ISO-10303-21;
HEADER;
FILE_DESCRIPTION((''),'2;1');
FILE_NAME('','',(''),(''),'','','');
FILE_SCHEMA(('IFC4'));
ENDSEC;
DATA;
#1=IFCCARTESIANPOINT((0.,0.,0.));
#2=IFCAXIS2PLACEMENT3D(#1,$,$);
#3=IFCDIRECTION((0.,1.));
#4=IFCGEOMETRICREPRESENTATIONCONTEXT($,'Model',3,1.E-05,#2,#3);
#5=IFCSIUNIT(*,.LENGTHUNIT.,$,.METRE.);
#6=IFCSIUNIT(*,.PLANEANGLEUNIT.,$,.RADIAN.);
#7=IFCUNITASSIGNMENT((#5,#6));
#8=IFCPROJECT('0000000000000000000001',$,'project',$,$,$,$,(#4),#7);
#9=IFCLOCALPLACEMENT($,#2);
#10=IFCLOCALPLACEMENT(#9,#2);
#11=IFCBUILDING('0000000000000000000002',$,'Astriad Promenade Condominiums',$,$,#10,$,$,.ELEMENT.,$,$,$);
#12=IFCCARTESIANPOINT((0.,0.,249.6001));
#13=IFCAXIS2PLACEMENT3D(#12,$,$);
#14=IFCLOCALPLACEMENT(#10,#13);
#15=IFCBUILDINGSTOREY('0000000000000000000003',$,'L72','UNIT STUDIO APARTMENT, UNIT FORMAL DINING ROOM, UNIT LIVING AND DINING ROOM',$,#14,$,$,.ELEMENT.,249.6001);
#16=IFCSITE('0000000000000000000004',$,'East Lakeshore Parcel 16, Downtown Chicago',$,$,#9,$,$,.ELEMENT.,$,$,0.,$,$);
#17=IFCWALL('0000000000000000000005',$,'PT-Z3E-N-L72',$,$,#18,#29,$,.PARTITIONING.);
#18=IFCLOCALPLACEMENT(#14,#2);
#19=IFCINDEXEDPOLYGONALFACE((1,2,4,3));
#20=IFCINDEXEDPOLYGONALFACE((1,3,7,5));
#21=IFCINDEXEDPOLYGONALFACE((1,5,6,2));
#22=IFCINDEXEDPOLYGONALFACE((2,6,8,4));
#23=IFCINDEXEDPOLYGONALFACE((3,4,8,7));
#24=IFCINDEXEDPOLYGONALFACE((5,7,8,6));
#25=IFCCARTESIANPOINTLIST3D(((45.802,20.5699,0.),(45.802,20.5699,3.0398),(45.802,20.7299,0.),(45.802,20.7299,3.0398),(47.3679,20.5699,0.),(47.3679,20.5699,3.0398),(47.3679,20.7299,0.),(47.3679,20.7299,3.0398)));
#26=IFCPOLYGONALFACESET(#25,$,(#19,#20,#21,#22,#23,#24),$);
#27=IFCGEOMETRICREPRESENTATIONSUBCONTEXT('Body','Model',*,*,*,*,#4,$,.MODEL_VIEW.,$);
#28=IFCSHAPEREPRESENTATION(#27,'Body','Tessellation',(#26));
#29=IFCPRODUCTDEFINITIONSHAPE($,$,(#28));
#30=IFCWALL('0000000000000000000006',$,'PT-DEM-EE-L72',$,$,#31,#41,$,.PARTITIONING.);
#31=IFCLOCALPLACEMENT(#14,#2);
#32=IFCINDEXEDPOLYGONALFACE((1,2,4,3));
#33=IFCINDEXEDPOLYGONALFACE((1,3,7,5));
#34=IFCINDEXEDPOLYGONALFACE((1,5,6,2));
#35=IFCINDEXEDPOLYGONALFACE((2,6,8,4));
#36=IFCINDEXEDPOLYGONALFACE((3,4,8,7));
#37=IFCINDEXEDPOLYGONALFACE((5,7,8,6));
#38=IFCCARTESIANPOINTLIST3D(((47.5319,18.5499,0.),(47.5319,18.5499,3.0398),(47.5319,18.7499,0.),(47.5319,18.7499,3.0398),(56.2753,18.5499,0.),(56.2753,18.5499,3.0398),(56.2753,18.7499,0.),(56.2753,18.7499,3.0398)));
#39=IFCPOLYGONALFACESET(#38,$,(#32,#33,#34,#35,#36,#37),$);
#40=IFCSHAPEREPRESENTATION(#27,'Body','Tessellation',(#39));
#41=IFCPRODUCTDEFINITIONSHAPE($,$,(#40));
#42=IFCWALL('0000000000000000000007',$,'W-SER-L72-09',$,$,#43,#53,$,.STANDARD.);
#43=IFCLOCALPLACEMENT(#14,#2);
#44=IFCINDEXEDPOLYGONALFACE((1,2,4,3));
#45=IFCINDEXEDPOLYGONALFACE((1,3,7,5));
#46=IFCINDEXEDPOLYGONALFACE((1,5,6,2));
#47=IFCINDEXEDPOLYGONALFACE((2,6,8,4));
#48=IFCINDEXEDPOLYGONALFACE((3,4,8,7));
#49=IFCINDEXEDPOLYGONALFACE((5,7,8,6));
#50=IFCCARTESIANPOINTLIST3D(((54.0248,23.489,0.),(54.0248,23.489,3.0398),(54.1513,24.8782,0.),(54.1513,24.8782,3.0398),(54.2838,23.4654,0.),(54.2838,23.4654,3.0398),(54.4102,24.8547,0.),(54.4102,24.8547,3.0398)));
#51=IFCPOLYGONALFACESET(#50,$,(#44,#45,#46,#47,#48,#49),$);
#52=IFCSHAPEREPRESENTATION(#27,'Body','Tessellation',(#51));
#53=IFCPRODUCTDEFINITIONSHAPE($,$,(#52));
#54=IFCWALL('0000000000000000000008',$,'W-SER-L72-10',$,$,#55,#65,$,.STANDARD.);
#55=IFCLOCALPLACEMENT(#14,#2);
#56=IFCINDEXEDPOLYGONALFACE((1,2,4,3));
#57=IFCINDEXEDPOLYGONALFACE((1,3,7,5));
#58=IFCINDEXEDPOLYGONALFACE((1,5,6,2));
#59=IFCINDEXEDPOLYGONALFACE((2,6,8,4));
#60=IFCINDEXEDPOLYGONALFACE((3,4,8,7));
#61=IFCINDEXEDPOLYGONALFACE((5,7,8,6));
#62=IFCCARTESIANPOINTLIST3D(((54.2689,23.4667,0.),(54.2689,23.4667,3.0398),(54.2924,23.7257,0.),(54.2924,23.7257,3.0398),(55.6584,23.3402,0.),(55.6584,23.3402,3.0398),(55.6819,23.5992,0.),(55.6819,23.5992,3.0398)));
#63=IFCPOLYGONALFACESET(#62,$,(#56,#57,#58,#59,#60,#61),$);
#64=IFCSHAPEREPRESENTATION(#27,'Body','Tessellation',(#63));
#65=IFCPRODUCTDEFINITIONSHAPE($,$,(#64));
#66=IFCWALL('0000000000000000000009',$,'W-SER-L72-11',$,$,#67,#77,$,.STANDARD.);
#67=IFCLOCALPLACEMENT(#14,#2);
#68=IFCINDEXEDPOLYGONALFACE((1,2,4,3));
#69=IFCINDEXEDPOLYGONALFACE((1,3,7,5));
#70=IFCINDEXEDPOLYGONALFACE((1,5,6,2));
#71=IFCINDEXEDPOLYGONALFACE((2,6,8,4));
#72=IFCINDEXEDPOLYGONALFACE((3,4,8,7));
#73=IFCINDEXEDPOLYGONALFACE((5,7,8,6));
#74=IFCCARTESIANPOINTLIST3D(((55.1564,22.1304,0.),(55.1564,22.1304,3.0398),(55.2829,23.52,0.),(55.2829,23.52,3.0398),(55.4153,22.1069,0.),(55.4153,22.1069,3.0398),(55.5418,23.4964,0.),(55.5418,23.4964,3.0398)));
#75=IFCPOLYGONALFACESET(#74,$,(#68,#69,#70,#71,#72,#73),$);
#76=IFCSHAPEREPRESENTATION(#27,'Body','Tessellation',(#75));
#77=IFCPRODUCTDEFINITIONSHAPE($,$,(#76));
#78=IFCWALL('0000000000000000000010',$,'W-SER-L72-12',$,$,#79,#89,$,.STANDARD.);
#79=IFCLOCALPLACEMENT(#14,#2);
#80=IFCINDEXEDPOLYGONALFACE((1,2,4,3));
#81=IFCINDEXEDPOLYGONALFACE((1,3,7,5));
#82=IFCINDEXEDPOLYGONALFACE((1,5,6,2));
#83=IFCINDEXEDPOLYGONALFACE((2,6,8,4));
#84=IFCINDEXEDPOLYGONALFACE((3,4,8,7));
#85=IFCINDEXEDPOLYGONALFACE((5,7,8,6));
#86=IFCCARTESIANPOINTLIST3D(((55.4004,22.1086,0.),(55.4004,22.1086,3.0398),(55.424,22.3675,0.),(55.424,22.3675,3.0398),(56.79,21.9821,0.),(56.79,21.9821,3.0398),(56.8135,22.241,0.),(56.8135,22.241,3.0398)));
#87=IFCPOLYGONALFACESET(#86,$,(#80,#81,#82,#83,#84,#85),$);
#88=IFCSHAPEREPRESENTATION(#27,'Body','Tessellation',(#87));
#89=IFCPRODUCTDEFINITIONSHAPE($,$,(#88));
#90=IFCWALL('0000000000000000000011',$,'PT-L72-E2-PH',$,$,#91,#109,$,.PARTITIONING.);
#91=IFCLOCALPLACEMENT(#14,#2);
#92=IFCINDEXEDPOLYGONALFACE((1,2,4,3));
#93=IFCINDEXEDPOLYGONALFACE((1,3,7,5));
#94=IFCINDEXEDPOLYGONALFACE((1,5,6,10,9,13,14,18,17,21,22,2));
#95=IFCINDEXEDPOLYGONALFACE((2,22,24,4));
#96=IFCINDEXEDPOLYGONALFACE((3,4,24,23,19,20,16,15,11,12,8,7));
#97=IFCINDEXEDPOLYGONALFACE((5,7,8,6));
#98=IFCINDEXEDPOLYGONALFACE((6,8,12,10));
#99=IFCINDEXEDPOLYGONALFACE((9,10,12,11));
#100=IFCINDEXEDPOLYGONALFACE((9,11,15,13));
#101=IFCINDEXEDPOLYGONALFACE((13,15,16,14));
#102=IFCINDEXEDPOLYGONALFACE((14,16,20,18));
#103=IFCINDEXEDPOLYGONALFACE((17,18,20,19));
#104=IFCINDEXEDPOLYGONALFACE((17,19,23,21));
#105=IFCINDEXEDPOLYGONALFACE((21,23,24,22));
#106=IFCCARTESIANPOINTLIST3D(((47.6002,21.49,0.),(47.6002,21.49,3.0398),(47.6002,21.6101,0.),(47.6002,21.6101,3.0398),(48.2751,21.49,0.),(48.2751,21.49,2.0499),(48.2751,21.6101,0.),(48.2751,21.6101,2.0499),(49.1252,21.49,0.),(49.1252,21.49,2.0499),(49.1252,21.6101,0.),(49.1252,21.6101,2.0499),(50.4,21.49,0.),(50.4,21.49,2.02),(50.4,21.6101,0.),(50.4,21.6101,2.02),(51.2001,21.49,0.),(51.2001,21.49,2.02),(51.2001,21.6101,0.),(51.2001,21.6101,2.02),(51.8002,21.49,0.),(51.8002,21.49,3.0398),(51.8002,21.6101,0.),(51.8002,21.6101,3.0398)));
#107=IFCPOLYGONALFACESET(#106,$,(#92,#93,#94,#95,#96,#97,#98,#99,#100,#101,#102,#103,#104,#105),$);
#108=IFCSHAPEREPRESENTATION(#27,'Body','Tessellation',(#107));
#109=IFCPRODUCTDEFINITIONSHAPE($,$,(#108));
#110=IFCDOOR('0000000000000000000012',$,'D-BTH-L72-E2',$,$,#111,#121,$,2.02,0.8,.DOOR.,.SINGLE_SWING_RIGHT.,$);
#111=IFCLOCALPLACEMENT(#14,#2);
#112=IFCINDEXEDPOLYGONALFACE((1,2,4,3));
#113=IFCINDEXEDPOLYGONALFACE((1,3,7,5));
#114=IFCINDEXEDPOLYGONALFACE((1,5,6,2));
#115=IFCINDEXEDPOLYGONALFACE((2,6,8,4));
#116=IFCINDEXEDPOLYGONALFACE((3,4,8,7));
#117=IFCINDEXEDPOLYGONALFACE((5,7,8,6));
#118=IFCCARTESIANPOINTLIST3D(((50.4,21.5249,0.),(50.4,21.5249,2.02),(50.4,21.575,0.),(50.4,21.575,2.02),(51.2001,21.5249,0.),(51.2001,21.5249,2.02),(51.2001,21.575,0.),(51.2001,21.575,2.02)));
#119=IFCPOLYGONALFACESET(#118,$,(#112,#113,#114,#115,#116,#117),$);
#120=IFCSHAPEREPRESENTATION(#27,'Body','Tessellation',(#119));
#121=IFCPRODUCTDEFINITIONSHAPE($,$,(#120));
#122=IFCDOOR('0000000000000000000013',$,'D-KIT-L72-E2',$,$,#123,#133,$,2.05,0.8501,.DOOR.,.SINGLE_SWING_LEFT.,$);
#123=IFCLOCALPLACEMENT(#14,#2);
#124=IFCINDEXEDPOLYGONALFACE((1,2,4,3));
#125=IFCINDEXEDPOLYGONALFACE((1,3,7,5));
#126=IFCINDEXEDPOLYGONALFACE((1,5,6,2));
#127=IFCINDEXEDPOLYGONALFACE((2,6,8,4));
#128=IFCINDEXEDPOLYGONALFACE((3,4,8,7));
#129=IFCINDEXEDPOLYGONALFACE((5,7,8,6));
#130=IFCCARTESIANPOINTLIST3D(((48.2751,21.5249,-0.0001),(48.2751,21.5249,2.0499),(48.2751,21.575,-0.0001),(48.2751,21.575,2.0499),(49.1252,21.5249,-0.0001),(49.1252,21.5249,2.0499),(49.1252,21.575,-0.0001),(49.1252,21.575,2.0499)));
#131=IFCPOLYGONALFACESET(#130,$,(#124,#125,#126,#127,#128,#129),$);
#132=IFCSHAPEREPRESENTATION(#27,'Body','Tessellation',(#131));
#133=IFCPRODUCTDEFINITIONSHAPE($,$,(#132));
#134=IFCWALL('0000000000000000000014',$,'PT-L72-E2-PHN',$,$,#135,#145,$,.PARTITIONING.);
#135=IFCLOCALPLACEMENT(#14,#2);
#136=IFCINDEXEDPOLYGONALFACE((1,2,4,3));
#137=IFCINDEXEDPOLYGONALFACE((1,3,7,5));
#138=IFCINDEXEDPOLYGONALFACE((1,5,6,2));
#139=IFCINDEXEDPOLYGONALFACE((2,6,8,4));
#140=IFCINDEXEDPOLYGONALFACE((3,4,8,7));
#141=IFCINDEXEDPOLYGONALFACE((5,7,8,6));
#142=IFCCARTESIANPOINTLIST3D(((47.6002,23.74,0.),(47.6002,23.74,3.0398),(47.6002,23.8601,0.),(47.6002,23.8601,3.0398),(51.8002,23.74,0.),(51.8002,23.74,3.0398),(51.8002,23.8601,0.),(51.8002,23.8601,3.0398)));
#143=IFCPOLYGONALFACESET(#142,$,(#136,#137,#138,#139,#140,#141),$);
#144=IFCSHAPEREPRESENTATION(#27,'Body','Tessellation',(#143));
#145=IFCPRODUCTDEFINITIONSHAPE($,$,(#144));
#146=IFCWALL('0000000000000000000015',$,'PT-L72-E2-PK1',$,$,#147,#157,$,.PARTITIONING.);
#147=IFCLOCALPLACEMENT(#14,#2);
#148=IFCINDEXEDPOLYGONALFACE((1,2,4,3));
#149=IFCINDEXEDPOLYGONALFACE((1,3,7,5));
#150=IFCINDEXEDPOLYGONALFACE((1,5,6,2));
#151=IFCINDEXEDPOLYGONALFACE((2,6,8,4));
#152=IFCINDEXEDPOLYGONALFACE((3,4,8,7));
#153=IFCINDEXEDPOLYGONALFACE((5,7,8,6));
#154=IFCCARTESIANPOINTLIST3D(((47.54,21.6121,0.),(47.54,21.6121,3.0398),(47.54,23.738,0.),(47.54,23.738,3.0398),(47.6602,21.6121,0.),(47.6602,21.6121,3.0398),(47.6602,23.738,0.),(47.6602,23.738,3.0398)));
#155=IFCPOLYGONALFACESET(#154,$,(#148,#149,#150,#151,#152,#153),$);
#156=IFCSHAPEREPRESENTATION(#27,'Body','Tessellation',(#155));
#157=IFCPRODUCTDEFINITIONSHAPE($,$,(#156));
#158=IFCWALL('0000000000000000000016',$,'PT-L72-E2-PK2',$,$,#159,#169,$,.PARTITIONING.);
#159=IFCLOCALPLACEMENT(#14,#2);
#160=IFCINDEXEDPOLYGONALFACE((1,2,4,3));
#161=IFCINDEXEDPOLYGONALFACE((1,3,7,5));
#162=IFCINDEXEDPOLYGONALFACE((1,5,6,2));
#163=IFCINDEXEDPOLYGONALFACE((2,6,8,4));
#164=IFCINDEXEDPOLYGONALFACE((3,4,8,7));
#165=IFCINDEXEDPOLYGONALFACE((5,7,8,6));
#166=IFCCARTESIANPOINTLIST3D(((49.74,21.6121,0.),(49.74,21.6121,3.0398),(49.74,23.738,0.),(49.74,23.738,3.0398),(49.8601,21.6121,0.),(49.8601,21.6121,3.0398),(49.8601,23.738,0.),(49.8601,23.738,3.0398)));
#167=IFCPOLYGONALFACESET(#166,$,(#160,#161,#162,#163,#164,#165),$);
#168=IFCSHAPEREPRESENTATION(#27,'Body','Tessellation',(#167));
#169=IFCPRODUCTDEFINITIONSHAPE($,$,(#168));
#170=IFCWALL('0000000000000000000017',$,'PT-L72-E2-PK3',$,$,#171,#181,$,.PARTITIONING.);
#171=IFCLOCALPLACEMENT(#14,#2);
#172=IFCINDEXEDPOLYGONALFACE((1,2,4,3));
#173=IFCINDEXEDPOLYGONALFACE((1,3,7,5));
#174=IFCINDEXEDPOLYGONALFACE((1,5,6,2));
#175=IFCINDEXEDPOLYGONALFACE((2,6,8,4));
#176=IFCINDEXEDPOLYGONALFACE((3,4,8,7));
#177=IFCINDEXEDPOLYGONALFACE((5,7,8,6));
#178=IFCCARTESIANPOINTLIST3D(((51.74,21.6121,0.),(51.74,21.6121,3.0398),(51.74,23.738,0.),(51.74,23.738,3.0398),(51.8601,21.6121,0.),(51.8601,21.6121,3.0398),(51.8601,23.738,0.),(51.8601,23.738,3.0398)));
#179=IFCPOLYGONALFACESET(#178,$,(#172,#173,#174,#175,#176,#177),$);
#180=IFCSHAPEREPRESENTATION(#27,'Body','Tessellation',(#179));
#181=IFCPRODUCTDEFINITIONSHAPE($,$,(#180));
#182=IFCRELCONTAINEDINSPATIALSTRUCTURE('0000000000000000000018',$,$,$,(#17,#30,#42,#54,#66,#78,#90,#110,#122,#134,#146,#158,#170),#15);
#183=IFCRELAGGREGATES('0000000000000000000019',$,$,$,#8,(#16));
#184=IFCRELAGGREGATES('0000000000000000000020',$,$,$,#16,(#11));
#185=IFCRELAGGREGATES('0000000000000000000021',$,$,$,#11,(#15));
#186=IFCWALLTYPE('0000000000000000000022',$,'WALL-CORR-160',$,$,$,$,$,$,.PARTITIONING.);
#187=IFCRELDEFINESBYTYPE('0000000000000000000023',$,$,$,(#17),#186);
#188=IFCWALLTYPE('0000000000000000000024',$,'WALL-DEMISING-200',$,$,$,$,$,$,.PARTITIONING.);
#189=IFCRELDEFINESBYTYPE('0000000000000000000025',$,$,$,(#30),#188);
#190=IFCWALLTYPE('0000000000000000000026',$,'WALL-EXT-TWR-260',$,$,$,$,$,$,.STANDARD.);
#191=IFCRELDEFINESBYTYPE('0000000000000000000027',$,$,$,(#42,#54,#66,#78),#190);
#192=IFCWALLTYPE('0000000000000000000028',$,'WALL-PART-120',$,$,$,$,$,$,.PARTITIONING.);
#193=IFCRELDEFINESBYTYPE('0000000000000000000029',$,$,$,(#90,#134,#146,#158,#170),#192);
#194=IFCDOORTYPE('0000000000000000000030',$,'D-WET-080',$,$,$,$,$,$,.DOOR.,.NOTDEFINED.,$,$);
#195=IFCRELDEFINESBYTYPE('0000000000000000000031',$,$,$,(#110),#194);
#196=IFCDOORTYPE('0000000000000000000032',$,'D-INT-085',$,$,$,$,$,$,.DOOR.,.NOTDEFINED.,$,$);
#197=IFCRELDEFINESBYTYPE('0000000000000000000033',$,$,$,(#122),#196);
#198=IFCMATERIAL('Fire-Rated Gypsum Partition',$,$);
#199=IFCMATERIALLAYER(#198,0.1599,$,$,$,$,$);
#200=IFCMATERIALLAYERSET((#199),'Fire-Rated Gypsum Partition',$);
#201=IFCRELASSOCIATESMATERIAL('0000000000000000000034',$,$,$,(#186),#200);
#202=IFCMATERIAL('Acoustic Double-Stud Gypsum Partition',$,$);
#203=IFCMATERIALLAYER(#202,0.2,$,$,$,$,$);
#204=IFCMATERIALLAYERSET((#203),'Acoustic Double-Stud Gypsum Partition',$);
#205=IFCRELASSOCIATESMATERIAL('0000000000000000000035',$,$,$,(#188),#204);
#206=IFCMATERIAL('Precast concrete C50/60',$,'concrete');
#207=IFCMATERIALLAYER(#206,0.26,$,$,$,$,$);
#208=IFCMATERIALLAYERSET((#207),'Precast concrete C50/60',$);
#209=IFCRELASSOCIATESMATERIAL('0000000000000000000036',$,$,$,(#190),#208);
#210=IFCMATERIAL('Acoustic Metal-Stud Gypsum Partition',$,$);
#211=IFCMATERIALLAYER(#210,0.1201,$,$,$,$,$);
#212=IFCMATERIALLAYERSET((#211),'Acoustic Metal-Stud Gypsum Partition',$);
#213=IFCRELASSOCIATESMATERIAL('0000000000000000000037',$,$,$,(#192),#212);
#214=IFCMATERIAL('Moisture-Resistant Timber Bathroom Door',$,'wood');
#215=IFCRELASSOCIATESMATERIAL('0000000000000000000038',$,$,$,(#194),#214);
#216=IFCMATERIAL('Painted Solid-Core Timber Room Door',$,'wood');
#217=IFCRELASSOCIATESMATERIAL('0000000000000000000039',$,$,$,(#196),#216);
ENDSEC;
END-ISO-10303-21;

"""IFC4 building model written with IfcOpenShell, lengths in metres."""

from ifc_helpers import new_model, si_unit, direction, frame, frame_2d, origin, place, context, subcontext, project, spatial, rectangle, extrude, source, transform, mapped, material, layer, layer_set, type_object, type_shapes, element, fill, save


model = new_model("IFC4")

# Units and contexts
model_context = context("Model", 3, precision=1e-05, world=origin(), true_north=direction((0.0, 1.0)))
body_context = subcontext(model_context, "Body", "Model", "MODEL_VIEW")
ifc_project = project(units=[si_unit("LENGTHUNIT", "METRE"), si_unit("PLANEANGLEUNIT", "RADIAN")], contexts=[model_context])

# Site, building, storey
site_placement = place(None, origin())
site = spatial("IfcSite", under=ifc_project, at=site_placement, Name="East Lakeshore Parcel 16, Downtown Chicago", CompositionType="ELEMENT", RefElevation=0.0)
building_placement = place(site_placement, origin())
building = spatial("IfcBuilding", under=site, at=building_placement, Name="Astriad Promenade Condominiums", CompositionType="ELEMENT")
storey_placement = place(building_placement, frame((0.0, 0.0, 249.6001)))
storey = spatial("IfcBuildingStorey", under=building, at=storey_placement, Name="L72", Description="UNIT STUDIO APARTMENT, UNIT FORMAL DINING ROOM, UNIT LIVING AND DINING ROOM", CompositionType="ELEMENT", Elevation=249.6001)

# Walls
ifc_material_1 = material(Name="Fire-Rated Gypsum Partition")
ifc_layer_1 = layer(ifc_material_1, 0.1599)
ifc_layer_set_1 = layer_set([ifc_layer_1], Name="Fire-Rated Gypsum Partition")
wall_type_1 = type_object("IfcWallType", Name="WALL-CORR-160", PredefinedType="PARTITIONING", material=ifc_layer_set_1)
wall_1_placement = place(storey_placement, frame((45.802, 20.6499, 0.0), z_axis=(0.0, 0.0, 1.0), x_axis=(1.0, 0.0, 0.0)))
element("IfcWall", 1, at=wall_1_placement, inside=storey, type_object=wall_type_1, Name="PT-Z3E-N-L72", PredefinedType="PARTITIONING", context=body_context, shape_type="SweptSolid", body=[
    extrude(rectangle(XDim=1.5659, YDim=0.1599, at=frame_2d((0.783, 0.0))), origin(), (0.0, 0.0, 1.0), 3.0398),
])
ifc_material_2 = material(Name="Acoustic Double-Stud Gypsum Partition")
ifc_layer_2 = layer(ifc_material_2, 0.2)
ifc_layer_set_2 = layer_set([ifc_layer_2], Name="Acoustic Double-Stud Gypsum Partition")
wall_type_2 = type_object("IfcWallType", Name="WALL-DEMISING-200", PredefinedType="PARTITIONING", material=ifc_layer_set_2)
wall_2_placement = place(storey_placement, frame((47.532, 18.6499, 0.0), z_axis=(0.0, 0.0, 1.0), x_axis=(1.0, 0.0, 0.0)))
element("IfcWall", 2, at=wall_2_placement, inside=storey, type_object=wall_type_2, Name="PT-DEM-EE-L72", PredefinedType="PARTITIONING", context=body_context, shape_type="SweptSolid", body=[
    extrude(rectangle(XDim=8.7434, YDim=0.2, at=frame_2d((4.3716, 0.0))), origin(), (0.0, 0.0, 1.0), 3.0398),
])
ifc_material_3 = material(Name="Precast concrete C50/60", Category="concrete")
ifc_layer_3 = layer(ifc_material_3, 0.26)
ifc_layer_set_3 = layer_set([ifc_layer_3], Name="Precast concrete C50/60")
wall_type_3 = type_object("IfcWallType", Name="WALL-EXT-TWR-260", PredefinedType="STANDARD", material=ifc_layer_set_3)
wall_3_placement = place(storey_placement, frame((54.2808, 24.8665, 0.0), z_axis=(0.0, 0.0, 1.0), x_axis=(-0.090662, -0.995882, 0.0)))
element("IfcWall", 3, at=wall_3_placement, inside=storey, type_object=wall_type_3, Name="W-SER-L72-09", PredefinedType="STANDARD", context=body_context, shape_type="SweptSolid", body=[
    extrude(rectangle(XDim=1.395, YDim=0.26, at=frame_2d((0.6975, 0.0))), origin(), (0.0, 0.0, 1.0), 3.0398),
])
for number, where, z_axis, x_axis, name in (
    (4, (54.2805, 23.5962, 0.0), (0.0, 0.0, 1.0), (0.995883, -0.090646, 0.0), "W-SER-L72-10"),
    (5, (55.4124, 23.5083, 0.0), (0.0, 0.0, 1.0), (-0.090646, -0.995883, 0.0), "W-SER-L72-11"),
    (6, (55.4121, 22.238, 0.0), (0.0, 0.0, 1.0), (0.995883, -0.090646, 0.0), "W-SER-L72-12"),
):
    element("IfcWall", number, at=place(storey_placement, frame(where, z_axis=z_axis, x_axis=x_axis)), inside=storey, type_object=wall_type_3, Name=name, PredefinedType="STANDARD", context=body_context, shape_type="SweptSolid", body=[
        extrude(rectangle(XDim=1.3953, YDim=0.26, at=frame_2d((0.6978, 0.0))), origin(), (0.0, 0.0, 1.0), 3.0398),
    ])

# Wall, openings, doors
ifc_material_4 = material(Name="Acoustic Metal-Stud Gypsum Partition")
ifc_layer_4 = layer(ifc_material_4, 0.1201)
ifc_layer_set_4 = layer_set([ifc_layer_4], Name="Acoustic Metal-Stud Gypsum Partition")
wall_type_4 = type_object("IfcWallType", Name="WALL-PART-120", PredefinedType="PARTITIONING", material=ifc_layer_set_4)
wall_4_placement = place(storey_placement, frame((47.6001, 21.55, 0.0), z_axis=(0.0, 0.0, 1.0), x_axis=(1.0, 0.0, 0.0)))
wall_4 = element("IfcWall", 7, at=wall_4_placement, inside=storey, type_object=wall_type_4, Name="PT-L72-E2-PH", PredefinedType="PARTITIONING", context=body_context, shape_type="SweptSolid", body=[
    extrude(rectangle(XDim=4.2, YDim=0.1201, at=frame_2d((2.1001, 0.0))), origin(), (0.0, 0.0, 1.0), 3.0398),
])
opening_1_placement = place(wall_4_placement, frame((0.675, 0.0, 0.0)))
opening_1 = element("IfcOpeningElement", 8, at=opening_1_placement, cuts=wall_4, PredefinedType="OPENING", context=body_context, shape_type="SweptSolid", body=[
    extrude(rectangle(XDim=0.8501, YDim=2.05, at=frame_2d((0.425, 1.0249))), frame((0.0, 0.0701, 0.0), z_axis=(0.0, -1.0, 0.0), x_axis=(1.0, 0.0, 0.0)), (0.0, 0.0, 1.0), 0.1401),
])
opening_2_placement = place(wall_4_placement, frame((2.8, 0.0, 0.0)))
opening_2 = element("IfcOpeningElement", 9, at=opening_2_placement, cuts=wall_4, PredefinedType="OPENING", context=body_context, shape_type="SweptSolid", body=[
    extrude(rectangle(XDim=0.8, YDim=2.02, at=frame_2d((0.3999, 1.01))), frame((0.0, 0.0701, 0.0), z_axis=(0.0, -1.0, 0.0), x_axis=(1.0, 0.0, 0.0)), (0.0, 0.0, 1.0), 0.1401),
])
ifc_material_5 = material(Name="Moisture-Resistant Timber Bathroom Door", Category="wood")
door_type_1 = type_object("IfcDoorType", Name="D-WET-080", OperationType="NOTDEFINED", PredefinedType="DOOR", material=ifc_material_5)
shared_shape_1 = source(origin(), body_context, "Body", "SweptSolid", [
    extrude(rectangle(XDim=0.8, YDim=2.02, at=frame_2d((0.3999, 1.01))), frame((0.0, 0.0249, 0.0), z_axis=(0.0, -1.0, 0.0), x_axis=(1.0, 0.0, 0.0)), (0.0, 0.0, 1.0), 0.05),
])
type_shapes(door_type_1, [shared_shape_1])
door_1_placement = place(opening_2_placement, origin())
door_1 = element("IfcDoor", 10, at=door_1_placement, inside=storey, type_object=door_type_1, Name="D-BTH-L72-E2", OperationType="SINGLE_SWING_RIGHT", OverallHeight=2.02, OverallWidth=0.8, PredefinedType="DOOR", context=body_context, shape_type="MappedRepresentation", body=[
    mapped(shared_shape_1, transform((0.0, 0.0, 0.0), scale=1.0)),
])
fill(opening_2, door_1)
ifc_material_6 = material(Name="Painted Solid-Core Timber Room Door", Category="wood")
door_type_2 = type_object("IfcDoorType", Name="D-INT-085", OperationType="NOTDEFINED", PredefinedType="DOOR", material=ifc_material_6)
shared_shape_2 = source(origin(), body_context, "Body", "SweptSolid", [
    extrude(rectangle(XDim=0.8501, YDim=2.05, at=frame_2d((0.425, 1.0249))), frame((0.0, 0.0249, 0.0), z_axis=(0.0, -1.0, 0.0), x_axis=(1.0, 0.0, 0.0)), (0.0, 0.0, 1.0), 0.05),
])
type_shapes(door_type_2, [shared_shape_2])
door_2_placement = place(opening_1_placement, origin())
door_2 = element("IfcDoor", 11, at=door_2_placement, inside=storey, type_object=door_type_2, Name="D-KIT-L72-E2", OperationType="SINGLE_SWING_LEFT", OverallHeight=2.05, OverallWidth=0.8501, PredefinedType="DOOR", context=body_context, shape_type="MappedRepresentation", body=[
    mapped(shared_shape_2, transform((0.0, 0.0, 0.0), scale=1.0)),
])
fill(opening_1, door_2)

# Walls
wall_5_placement = place(storey_placement, frame((47.6001, 23.8, 0.0), z_axis=(0.0, 0.0, 1.0), x_axis=(1.0, 0.0, 0.0)))
element("IfcWall", 12, at=wall_5_placement, inside=storey, type_object=wall_type_4, Name="PT-L72-E2-PHN", PredefinedType="PARTITIONING", context=body_context, shape_type="SweptSolid", body=[
    extrude(rectangle(XDim=4.2, YDim=0.1201, at=frame_2d((2.1001, 0.0))), origin(), (0.0, 0.0, 1.0), 3.0398),
])
for number, where, z_axis, x_axis, name in (
    (13, (47.6001, 21.6121, 0.0), (0.0, 0.0, 1.0), (0.0, 1.0, 0.0), "PT-L72-E2-PK1"),
    (14, (49.8, 21.6121, 0.0), (0.0, 0.0, 1.0), (0.0, 1.0, 0.0), "PT-L72-E2-PK2"),
    (15, (51.8, 21.6121, 0.0), (0.0, 0.0, 1.0), (0.0, 1.0, 0.0), "PT-L72-E2-PK3"),
):
    element("IfcWall", number, at=place(storey_placement, frame(where, z_axis=z_axis, x_axis=x_axis)), inside=storey, type_object=wall_type_4, Name=name, PredefinedType="PARTITIONING", context=body_context, shape_type="SweptSolid", body=[
        extrude(rectangle(XDim=2.126, YDim=0.1201, at=frame_2d((1.063, 0.0))), origin(), (0.0, 0.0, 1.0), 3.0398),
    ])

save(model, "model.ifc")
